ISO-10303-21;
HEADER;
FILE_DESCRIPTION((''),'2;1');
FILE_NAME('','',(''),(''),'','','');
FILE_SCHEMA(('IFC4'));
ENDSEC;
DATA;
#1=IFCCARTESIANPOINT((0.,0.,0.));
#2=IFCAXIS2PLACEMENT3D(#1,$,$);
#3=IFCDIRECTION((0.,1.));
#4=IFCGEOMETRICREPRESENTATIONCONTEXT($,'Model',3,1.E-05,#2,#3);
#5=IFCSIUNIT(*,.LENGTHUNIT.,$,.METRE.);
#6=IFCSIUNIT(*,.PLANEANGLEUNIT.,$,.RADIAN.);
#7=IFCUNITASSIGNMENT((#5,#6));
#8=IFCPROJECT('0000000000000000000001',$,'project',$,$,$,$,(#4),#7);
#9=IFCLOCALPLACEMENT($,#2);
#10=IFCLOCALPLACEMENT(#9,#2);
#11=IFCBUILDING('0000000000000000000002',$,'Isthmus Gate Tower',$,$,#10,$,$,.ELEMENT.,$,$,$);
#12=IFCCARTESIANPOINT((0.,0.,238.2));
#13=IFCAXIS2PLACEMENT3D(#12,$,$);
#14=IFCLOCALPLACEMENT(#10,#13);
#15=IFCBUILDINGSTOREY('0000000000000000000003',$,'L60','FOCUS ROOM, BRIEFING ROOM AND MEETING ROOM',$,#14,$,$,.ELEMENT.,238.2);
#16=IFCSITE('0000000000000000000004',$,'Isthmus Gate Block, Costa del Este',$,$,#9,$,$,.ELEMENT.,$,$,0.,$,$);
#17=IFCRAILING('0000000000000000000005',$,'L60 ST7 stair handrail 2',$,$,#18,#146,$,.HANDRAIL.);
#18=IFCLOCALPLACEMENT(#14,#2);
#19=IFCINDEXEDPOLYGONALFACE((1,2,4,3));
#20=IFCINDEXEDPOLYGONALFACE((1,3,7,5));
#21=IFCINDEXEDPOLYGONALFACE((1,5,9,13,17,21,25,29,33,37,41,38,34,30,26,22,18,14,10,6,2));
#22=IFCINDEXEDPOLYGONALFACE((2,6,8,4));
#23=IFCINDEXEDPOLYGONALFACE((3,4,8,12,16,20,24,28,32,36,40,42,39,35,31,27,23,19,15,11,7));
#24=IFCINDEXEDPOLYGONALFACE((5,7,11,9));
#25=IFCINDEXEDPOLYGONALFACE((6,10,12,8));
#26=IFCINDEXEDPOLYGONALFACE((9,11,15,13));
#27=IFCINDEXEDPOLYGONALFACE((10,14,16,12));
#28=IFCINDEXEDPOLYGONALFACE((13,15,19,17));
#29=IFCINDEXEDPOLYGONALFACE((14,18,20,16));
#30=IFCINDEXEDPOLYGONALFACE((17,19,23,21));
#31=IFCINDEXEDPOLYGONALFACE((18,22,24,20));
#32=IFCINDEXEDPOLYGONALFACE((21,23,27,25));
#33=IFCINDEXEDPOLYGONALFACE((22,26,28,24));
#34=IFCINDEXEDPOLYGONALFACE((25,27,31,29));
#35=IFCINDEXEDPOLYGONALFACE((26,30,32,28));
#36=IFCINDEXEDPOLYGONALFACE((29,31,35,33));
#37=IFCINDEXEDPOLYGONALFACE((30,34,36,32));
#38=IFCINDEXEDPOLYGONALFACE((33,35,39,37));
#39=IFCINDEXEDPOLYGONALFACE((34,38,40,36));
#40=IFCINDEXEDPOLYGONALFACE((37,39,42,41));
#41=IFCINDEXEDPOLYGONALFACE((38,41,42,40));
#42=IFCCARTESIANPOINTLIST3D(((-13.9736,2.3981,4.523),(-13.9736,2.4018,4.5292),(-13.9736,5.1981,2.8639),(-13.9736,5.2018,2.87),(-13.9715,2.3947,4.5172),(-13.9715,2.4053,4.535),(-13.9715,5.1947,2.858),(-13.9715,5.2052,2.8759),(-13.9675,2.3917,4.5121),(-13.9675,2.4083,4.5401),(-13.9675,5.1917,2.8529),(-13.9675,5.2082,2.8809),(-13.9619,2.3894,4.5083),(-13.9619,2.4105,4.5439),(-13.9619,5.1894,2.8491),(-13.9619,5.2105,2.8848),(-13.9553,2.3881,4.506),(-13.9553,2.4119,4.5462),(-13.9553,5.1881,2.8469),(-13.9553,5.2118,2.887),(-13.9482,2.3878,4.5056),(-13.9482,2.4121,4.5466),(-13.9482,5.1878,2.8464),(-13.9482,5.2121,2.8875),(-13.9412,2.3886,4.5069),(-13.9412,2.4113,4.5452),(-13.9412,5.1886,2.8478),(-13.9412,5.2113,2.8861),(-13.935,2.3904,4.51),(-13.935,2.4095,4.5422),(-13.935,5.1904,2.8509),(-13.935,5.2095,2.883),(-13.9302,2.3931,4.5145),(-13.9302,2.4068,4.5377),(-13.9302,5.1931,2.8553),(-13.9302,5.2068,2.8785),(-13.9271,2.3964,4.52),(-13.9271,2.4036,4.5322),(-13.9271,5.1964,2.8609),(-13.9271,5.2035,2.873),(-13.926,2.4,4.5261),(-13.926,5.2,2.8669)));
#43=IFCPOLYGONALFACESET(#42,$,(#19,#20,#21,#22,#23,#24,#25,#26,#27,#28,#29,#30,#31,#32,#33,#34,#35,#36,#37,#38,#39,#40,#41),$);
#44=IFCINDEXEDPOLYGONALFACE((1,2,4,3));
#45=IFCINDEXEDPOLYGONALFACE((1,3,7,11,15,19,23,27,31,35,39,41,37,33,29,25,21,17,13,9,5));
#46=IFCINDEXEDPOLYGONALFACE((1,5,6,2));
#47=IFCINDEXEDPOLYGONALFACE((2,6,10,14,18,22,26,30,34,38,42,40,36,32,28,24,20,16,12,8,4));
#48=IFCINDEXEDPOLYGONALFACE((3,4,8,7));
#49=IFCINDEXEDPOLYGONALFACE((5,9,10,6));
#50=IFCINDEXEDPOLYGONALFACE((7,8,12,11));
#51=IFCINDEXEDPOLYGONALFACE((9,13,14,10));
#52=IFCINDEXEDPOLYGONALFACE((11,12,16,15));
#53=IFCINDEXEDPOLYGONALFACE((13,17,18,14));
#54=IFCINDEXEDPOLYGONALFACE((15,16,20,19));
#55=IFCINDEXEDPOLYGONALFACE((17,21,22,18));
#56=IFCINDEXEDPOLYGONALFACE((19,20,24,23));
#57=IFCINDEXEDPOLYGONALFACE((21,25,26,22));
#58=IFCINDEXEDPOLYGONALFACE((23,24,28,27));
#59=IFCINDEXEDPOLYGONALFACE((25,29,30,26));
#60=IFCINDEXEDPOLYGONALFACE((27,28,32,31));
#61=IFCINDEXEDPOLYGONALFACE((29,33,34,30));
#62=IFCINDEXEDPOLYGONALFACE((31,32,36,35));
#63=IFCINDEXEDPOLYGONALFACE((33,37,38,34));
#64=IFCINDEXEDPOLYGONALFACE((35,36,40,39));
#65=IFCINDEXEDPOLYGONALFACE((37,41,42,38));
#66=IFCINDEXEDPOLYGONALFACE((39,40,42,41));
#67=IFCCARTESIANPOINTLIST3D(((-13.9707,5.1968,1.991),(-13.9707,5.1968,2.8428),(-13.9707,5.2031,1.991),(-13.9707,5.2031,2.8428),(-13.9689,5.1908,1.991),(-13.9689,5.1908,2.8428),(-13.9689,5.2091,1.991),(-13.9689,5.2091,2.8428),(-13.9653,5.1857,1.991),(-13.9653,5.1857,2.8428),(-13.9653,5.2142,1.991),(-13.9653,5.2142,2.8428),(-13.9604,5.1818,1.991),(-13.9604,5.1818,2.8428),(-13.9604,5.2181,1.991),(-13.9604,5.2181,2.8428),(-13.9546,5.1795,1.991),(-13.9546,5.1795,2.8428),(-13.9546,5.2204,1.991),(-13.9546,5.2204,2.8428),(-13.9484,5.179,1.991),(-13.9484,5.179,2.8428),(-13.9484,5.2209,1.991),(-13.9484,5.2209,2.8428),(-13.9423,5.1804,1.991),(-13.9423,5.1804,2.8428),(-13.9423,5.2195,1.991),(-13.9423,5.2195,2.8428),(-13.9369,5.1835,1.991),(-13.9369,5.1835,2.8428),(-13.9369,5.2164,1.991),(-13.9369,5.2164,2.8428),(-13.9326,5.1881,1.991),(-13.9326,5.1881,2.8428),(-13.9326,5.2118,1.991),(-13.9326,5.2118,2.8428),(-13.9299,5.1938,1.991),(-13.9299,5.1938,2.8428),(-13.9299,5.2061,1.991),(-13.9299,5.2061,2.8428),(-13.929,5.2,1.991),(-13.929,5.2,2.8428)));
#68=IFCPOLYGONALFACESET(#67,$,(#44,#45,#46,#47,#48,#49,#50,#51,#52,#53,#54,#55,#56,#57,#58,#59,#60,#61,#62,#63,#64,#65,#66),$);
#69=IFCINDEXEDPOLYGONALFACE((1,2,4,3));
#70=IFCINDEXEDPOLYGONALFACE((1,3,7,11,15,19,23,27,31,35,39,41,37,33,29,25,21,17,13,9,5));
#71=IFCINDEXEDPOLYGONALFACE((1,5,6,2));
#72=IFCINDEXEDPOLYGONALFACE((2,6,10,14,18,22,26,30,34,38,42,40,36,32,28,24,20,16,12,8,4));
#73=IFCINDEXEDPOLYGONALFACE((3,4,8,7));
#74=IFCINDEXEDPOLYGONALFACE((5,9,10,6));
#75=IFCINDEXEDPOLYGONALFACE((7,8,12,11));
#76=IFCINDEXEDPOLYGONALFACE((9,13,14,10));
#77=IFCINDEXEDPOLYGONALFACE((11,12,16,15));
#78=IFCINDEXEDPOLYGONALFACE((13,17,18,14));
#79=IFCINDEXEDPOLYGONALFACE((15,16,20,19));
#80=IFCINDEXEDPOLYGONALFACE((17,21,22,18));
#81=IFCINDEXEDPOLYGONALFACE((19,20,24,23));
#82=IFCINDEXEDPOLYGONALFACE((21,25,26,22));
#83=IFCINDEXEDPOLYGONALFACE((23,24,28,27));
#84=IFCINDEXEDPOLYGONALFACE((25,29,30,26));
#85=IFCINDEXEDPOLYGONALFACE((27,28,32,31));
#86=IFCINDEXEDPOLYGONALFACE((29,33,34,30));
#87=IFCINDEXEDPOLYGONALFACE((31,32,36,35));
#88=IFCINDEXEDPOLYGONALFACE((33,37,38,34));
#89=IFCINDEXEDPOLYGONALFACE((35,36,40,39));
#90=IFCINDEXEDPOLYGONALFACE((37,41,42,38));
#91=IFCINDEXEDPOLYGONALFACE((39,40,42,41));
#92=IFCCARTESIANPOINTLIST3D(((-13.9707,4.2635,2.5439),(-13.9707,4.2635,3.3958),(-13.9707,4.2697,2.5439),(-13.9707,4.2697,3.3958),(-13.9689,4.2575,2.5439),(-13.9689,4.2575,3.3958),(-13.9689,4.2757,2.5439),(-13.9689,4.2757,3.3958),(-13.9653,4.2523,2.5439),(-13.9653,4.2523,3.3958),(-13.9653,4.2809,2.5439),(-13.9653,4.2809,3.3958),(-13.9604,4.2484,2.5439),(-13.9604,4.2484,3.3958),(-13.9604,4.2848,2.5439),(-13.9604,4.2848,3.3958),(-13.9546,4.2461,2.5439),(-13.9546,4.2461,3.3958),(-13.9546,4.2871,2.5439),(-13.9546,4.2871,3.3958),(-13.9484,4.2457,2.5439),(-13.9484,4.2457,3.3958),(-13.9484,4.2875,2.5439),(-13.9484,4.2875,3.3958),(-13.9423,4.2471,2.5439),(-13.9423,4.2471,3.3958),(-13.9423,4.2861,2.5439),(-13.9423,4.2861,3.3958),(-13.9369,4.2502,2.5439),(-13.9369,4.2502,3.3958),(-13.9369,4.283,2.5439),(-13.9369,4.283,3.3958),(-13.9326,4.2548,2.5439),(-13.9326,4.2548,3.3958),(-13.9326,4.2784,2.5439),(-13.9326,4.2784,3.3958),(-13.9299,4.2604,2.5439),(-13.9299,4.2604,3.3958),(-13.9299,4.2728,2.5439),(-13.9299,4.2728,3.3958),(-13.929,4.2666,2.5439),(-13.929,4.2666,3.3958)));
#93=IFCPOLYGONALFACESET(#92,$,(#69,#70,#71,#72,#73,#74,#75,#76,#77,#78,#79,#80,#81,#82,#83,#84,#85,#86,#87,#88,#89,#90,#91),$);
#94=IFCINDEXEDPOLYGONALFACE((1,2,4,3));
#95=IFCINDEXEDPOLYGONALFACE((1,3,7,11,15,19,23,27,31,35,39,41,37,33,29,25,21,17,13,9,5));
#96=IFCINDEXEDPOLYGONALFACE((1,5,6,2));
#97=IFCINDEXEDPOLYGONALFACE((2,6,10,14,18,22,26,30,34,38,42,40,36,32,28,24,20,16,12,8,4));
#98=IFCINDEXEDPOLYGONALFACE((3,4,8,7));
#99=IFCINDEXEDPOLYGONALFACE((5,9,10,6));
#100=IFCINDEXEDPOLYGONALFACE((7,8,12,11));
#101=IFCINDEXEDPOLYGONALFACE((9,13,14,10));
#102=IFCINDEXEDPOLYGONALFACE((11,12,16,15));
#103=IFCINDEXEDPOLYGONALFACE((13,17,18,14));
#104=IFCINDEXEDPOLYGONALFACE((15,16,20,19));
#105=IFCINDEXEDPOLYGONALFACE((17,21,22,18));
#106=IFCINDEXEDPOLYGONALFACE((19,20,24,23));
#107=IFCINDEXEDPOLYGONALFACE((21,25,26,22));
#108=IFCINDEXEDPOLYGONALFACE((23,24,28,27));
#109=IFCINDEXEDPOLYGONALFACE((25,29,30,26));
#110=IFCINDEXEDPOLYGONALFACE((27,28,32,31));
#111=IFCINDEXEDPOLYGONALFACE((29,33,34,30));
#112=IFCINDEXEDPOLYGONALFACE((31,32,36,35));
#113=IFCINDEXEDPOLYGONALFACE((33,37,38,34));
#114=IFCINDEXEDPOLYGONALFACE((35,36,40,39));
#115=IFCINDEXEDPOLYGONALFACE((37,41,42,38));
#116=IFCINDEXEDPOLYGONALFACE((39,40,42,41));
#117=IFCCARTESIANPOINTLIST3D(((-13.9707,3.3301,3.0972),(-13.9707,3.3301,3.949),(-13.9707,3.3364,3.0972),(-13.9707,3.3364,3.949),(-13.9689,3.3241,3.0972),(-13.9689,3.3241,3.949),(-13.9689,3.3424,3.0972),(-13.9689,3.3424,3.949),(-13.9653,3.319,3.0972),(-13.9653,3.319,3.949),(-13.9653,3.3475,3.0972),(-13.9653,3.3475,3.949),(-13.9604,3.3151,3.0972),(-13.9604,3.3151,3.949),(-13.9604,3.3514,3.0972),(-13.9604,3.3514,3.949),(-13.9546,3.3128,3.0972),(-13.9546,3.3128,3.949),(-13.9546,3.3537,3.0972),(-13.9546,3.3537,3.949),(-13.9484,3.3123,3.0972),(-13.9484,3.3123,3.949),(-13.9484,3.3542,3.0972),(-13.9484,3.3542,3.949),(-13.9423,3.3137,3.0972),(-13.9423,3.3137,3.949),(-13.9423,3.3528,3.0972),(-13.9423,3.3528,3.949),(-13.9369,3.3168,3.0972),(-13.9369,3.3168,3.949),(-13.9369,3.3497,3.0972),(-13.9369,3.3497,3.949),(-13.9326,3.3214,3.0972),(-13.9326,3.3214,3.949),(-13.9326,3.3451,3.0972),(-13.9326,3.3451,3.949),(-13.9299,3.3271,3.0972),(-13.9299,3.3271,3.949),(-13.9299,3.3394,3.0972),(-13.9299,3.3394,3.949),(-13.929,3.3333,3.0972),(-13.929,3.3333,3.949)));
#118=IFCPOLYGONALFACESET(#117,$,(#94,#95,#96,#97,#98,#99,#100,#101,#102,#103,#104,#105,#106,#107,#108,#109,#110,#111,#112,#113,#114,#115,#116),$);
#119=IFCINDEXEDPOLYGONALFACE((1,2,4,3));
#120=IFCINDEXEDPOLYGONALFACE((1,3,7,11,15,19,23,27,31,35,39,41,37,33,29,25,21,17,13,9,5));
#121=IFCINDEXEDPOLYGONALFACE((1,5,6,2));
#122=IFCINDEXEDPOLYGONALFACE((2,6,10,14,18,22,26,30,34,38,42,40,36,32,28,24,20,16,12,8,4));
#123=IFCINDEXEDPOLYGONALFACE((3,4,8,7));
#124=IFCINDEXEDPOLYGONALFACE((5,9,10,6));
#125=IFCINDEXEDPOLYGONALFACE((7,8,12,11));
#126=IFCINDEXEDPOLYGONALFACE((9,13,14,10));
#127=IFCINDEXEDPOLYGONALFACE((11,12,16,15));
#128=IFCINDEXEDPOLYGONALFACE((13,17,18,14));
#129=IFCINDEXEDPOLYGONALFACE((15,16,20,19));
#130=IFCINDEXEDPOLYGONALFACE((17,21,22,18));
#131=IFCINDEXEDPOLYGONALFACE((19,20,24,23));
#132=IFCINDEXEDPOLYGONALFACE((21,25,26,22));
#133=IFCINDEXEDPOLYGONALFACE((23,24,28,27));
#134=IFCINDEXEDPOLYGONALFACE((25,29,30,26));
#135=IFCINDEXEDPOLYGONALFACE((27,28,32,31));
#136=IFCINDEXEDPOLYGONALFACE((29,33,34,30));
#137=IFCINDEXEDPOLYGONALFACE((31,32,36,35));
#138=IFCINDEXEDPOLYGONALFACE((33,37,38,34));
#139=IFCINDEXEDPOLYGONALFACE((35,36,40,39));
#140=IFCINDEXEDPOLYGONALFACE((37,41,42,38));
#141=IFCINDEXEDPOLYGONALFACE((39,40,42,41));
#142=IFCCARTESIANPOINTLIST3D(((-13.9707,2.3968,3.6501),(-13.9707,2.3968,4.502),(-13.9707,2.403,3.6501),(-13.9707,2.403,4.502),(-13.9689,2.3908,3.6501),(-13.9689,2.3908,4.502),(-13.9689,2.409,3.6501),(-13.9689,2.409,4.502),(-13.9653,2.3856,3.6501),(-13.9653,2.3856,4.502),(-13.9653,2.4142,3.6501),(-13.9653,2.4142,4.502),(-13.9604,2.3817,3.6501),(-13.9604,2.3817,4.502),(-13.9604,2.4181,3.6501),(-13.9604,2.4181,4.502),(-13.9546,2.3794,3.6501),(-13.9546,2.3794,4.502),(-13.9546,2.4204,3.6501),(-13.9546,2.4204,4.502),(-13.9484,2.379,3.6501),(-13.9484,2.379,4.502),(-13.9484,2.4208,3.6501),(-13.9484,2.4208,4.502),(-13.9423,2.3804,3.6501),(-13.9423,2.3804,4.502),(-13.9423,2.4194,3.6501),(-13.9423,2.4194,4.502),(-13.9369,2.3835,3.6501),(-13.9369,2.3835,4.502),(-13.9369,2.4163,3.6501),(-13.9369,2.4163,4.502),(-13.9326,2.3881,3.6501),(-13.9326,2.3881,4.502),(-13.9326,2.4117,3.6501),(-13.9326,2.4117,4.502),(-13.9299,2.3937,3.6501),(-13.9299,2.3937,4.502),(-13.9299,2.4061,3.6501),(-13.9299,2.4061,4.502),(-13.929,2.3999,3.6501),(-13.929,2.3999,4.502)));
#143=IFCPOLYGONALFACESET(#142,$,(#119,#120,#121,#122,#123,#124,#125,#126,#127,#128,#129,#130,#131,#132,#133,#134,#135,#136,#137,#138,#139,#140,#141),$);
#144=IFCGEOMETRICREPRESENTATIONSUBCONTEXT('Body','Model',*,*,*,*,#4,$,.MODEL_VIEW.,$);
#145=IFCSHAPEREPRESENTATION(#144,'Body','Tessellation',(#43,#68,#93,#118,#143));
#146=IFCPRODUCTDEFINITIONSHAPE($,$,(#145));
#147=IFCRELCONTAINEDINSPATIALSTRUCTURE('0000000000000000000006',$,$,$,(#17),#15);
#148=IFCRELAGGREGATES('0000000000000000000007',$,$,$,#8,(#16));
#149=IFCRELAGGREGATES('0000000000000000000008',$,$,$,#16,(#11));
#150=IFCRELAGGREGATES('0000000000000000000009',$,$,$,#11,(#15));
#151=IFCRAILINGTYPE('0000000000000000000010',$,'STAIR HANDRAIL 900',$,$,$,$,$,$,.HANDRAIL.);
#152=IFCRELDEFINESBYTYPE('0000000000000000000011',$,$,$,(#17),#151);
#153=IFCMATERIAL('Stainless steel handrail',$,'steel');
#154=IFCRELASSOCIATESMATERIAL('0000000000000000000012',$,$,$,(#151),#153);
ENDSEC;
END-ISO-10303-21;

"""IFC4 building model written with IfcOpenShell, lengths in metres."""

from ifc_helpers import new_model, si_unit, direction, frame, origin, origin_2d, place, context, subcontext, project, spatial, circle, extrude, material, type_object, element, save


model = new_model("IFC4")

# Units and contexts
model_context = context("Model", 3, precision=1e-05, world=origin(), true_north=direction((0.0, 1.0)))
body_context = subcontext(model_context, "Body", "Model", "MODEL_VIEW")
ifc_project = project(units=[si_unit("LENGTHUNIT", "METRE"), si_unit("PLANEANGLEUNIT", "RADIAN")], contexts=[model_context])

# Site, building, storey
site_placement = place(None, origin())
site = spatial("IfcSite", under=ifc_project, at=site_placement, Name="Isthmus Gate Block, Costa del Este", CompositionType="ELEMENT", RefElevation=0.0)
building_placement = place(site_placement, origin())
building = spatial("IfcBuilding", under=site, at=building_placement, Name="Isthmus Gate Tower", CompositionType="ELEMENT")
storey_placement = place(building_placement, frame((0.0, 0.0, 238.2)))
storey = spatial("IfcBuildingStorey", under=building, at=storey_placement, Name="L60", Description="FOCUS ROOM, BRIEFING ROOM AND MEETING ROOM", CompositionType="ELEMENT", Elevation=238.2)

# Railing
ifc_material_1 = material(Name="Stainless steel handrail", Category="steel")
railing_type = type_object("IfcRailingType", Name="STAIR HANDRAIL 900", PredefinedType="HANDRAIL", material=ifc_material_1)
railing_1_placement = place(storey_placement, frame((-13.95, 5.2, 1.991)))
element("IfcRailing", 1, at=railing_1_placement, inside=storey, type_object=railing_type, Name="L60 ST7 stair handrail 2", PredefinedType="HANDRAIL", context=body_context, shape_type="SweptSolid", body=[
    extrude(circle(Radius=0.0239, at=origin_2d()), frame((0.0, 0.0, 0.876), z_axis=(0.0, -0.860306, 0.509778), x_axis=(1.0, 0.0, 0.0)), (0.0, 0.0, 1.0), 3.2546),
    extrude(circle(Radius=0.021, at=origin_2d()), origin(), (0.0, 0.0, 1.0), 0.8518),
    extrude(circle(Radius=0.021, at=origin_2d()), frame((0.0, -0.9333, 0.553)), (0.0, 0.0, 1.0), 0.8518),
    extrude(circle(Radius=0.021, at=origin_2d()), frame((0.0, -1.8667, 1.1062)), (0.0, 0.0, 1.0), 0.8518),
    extrude(circle(Radius=0.021, at=origin_2d()), frame((0.0, -2.8, 1.6592)), (0.0, 0.0, 1.0), 0.8518),
])

save(model, "model.ifc")
